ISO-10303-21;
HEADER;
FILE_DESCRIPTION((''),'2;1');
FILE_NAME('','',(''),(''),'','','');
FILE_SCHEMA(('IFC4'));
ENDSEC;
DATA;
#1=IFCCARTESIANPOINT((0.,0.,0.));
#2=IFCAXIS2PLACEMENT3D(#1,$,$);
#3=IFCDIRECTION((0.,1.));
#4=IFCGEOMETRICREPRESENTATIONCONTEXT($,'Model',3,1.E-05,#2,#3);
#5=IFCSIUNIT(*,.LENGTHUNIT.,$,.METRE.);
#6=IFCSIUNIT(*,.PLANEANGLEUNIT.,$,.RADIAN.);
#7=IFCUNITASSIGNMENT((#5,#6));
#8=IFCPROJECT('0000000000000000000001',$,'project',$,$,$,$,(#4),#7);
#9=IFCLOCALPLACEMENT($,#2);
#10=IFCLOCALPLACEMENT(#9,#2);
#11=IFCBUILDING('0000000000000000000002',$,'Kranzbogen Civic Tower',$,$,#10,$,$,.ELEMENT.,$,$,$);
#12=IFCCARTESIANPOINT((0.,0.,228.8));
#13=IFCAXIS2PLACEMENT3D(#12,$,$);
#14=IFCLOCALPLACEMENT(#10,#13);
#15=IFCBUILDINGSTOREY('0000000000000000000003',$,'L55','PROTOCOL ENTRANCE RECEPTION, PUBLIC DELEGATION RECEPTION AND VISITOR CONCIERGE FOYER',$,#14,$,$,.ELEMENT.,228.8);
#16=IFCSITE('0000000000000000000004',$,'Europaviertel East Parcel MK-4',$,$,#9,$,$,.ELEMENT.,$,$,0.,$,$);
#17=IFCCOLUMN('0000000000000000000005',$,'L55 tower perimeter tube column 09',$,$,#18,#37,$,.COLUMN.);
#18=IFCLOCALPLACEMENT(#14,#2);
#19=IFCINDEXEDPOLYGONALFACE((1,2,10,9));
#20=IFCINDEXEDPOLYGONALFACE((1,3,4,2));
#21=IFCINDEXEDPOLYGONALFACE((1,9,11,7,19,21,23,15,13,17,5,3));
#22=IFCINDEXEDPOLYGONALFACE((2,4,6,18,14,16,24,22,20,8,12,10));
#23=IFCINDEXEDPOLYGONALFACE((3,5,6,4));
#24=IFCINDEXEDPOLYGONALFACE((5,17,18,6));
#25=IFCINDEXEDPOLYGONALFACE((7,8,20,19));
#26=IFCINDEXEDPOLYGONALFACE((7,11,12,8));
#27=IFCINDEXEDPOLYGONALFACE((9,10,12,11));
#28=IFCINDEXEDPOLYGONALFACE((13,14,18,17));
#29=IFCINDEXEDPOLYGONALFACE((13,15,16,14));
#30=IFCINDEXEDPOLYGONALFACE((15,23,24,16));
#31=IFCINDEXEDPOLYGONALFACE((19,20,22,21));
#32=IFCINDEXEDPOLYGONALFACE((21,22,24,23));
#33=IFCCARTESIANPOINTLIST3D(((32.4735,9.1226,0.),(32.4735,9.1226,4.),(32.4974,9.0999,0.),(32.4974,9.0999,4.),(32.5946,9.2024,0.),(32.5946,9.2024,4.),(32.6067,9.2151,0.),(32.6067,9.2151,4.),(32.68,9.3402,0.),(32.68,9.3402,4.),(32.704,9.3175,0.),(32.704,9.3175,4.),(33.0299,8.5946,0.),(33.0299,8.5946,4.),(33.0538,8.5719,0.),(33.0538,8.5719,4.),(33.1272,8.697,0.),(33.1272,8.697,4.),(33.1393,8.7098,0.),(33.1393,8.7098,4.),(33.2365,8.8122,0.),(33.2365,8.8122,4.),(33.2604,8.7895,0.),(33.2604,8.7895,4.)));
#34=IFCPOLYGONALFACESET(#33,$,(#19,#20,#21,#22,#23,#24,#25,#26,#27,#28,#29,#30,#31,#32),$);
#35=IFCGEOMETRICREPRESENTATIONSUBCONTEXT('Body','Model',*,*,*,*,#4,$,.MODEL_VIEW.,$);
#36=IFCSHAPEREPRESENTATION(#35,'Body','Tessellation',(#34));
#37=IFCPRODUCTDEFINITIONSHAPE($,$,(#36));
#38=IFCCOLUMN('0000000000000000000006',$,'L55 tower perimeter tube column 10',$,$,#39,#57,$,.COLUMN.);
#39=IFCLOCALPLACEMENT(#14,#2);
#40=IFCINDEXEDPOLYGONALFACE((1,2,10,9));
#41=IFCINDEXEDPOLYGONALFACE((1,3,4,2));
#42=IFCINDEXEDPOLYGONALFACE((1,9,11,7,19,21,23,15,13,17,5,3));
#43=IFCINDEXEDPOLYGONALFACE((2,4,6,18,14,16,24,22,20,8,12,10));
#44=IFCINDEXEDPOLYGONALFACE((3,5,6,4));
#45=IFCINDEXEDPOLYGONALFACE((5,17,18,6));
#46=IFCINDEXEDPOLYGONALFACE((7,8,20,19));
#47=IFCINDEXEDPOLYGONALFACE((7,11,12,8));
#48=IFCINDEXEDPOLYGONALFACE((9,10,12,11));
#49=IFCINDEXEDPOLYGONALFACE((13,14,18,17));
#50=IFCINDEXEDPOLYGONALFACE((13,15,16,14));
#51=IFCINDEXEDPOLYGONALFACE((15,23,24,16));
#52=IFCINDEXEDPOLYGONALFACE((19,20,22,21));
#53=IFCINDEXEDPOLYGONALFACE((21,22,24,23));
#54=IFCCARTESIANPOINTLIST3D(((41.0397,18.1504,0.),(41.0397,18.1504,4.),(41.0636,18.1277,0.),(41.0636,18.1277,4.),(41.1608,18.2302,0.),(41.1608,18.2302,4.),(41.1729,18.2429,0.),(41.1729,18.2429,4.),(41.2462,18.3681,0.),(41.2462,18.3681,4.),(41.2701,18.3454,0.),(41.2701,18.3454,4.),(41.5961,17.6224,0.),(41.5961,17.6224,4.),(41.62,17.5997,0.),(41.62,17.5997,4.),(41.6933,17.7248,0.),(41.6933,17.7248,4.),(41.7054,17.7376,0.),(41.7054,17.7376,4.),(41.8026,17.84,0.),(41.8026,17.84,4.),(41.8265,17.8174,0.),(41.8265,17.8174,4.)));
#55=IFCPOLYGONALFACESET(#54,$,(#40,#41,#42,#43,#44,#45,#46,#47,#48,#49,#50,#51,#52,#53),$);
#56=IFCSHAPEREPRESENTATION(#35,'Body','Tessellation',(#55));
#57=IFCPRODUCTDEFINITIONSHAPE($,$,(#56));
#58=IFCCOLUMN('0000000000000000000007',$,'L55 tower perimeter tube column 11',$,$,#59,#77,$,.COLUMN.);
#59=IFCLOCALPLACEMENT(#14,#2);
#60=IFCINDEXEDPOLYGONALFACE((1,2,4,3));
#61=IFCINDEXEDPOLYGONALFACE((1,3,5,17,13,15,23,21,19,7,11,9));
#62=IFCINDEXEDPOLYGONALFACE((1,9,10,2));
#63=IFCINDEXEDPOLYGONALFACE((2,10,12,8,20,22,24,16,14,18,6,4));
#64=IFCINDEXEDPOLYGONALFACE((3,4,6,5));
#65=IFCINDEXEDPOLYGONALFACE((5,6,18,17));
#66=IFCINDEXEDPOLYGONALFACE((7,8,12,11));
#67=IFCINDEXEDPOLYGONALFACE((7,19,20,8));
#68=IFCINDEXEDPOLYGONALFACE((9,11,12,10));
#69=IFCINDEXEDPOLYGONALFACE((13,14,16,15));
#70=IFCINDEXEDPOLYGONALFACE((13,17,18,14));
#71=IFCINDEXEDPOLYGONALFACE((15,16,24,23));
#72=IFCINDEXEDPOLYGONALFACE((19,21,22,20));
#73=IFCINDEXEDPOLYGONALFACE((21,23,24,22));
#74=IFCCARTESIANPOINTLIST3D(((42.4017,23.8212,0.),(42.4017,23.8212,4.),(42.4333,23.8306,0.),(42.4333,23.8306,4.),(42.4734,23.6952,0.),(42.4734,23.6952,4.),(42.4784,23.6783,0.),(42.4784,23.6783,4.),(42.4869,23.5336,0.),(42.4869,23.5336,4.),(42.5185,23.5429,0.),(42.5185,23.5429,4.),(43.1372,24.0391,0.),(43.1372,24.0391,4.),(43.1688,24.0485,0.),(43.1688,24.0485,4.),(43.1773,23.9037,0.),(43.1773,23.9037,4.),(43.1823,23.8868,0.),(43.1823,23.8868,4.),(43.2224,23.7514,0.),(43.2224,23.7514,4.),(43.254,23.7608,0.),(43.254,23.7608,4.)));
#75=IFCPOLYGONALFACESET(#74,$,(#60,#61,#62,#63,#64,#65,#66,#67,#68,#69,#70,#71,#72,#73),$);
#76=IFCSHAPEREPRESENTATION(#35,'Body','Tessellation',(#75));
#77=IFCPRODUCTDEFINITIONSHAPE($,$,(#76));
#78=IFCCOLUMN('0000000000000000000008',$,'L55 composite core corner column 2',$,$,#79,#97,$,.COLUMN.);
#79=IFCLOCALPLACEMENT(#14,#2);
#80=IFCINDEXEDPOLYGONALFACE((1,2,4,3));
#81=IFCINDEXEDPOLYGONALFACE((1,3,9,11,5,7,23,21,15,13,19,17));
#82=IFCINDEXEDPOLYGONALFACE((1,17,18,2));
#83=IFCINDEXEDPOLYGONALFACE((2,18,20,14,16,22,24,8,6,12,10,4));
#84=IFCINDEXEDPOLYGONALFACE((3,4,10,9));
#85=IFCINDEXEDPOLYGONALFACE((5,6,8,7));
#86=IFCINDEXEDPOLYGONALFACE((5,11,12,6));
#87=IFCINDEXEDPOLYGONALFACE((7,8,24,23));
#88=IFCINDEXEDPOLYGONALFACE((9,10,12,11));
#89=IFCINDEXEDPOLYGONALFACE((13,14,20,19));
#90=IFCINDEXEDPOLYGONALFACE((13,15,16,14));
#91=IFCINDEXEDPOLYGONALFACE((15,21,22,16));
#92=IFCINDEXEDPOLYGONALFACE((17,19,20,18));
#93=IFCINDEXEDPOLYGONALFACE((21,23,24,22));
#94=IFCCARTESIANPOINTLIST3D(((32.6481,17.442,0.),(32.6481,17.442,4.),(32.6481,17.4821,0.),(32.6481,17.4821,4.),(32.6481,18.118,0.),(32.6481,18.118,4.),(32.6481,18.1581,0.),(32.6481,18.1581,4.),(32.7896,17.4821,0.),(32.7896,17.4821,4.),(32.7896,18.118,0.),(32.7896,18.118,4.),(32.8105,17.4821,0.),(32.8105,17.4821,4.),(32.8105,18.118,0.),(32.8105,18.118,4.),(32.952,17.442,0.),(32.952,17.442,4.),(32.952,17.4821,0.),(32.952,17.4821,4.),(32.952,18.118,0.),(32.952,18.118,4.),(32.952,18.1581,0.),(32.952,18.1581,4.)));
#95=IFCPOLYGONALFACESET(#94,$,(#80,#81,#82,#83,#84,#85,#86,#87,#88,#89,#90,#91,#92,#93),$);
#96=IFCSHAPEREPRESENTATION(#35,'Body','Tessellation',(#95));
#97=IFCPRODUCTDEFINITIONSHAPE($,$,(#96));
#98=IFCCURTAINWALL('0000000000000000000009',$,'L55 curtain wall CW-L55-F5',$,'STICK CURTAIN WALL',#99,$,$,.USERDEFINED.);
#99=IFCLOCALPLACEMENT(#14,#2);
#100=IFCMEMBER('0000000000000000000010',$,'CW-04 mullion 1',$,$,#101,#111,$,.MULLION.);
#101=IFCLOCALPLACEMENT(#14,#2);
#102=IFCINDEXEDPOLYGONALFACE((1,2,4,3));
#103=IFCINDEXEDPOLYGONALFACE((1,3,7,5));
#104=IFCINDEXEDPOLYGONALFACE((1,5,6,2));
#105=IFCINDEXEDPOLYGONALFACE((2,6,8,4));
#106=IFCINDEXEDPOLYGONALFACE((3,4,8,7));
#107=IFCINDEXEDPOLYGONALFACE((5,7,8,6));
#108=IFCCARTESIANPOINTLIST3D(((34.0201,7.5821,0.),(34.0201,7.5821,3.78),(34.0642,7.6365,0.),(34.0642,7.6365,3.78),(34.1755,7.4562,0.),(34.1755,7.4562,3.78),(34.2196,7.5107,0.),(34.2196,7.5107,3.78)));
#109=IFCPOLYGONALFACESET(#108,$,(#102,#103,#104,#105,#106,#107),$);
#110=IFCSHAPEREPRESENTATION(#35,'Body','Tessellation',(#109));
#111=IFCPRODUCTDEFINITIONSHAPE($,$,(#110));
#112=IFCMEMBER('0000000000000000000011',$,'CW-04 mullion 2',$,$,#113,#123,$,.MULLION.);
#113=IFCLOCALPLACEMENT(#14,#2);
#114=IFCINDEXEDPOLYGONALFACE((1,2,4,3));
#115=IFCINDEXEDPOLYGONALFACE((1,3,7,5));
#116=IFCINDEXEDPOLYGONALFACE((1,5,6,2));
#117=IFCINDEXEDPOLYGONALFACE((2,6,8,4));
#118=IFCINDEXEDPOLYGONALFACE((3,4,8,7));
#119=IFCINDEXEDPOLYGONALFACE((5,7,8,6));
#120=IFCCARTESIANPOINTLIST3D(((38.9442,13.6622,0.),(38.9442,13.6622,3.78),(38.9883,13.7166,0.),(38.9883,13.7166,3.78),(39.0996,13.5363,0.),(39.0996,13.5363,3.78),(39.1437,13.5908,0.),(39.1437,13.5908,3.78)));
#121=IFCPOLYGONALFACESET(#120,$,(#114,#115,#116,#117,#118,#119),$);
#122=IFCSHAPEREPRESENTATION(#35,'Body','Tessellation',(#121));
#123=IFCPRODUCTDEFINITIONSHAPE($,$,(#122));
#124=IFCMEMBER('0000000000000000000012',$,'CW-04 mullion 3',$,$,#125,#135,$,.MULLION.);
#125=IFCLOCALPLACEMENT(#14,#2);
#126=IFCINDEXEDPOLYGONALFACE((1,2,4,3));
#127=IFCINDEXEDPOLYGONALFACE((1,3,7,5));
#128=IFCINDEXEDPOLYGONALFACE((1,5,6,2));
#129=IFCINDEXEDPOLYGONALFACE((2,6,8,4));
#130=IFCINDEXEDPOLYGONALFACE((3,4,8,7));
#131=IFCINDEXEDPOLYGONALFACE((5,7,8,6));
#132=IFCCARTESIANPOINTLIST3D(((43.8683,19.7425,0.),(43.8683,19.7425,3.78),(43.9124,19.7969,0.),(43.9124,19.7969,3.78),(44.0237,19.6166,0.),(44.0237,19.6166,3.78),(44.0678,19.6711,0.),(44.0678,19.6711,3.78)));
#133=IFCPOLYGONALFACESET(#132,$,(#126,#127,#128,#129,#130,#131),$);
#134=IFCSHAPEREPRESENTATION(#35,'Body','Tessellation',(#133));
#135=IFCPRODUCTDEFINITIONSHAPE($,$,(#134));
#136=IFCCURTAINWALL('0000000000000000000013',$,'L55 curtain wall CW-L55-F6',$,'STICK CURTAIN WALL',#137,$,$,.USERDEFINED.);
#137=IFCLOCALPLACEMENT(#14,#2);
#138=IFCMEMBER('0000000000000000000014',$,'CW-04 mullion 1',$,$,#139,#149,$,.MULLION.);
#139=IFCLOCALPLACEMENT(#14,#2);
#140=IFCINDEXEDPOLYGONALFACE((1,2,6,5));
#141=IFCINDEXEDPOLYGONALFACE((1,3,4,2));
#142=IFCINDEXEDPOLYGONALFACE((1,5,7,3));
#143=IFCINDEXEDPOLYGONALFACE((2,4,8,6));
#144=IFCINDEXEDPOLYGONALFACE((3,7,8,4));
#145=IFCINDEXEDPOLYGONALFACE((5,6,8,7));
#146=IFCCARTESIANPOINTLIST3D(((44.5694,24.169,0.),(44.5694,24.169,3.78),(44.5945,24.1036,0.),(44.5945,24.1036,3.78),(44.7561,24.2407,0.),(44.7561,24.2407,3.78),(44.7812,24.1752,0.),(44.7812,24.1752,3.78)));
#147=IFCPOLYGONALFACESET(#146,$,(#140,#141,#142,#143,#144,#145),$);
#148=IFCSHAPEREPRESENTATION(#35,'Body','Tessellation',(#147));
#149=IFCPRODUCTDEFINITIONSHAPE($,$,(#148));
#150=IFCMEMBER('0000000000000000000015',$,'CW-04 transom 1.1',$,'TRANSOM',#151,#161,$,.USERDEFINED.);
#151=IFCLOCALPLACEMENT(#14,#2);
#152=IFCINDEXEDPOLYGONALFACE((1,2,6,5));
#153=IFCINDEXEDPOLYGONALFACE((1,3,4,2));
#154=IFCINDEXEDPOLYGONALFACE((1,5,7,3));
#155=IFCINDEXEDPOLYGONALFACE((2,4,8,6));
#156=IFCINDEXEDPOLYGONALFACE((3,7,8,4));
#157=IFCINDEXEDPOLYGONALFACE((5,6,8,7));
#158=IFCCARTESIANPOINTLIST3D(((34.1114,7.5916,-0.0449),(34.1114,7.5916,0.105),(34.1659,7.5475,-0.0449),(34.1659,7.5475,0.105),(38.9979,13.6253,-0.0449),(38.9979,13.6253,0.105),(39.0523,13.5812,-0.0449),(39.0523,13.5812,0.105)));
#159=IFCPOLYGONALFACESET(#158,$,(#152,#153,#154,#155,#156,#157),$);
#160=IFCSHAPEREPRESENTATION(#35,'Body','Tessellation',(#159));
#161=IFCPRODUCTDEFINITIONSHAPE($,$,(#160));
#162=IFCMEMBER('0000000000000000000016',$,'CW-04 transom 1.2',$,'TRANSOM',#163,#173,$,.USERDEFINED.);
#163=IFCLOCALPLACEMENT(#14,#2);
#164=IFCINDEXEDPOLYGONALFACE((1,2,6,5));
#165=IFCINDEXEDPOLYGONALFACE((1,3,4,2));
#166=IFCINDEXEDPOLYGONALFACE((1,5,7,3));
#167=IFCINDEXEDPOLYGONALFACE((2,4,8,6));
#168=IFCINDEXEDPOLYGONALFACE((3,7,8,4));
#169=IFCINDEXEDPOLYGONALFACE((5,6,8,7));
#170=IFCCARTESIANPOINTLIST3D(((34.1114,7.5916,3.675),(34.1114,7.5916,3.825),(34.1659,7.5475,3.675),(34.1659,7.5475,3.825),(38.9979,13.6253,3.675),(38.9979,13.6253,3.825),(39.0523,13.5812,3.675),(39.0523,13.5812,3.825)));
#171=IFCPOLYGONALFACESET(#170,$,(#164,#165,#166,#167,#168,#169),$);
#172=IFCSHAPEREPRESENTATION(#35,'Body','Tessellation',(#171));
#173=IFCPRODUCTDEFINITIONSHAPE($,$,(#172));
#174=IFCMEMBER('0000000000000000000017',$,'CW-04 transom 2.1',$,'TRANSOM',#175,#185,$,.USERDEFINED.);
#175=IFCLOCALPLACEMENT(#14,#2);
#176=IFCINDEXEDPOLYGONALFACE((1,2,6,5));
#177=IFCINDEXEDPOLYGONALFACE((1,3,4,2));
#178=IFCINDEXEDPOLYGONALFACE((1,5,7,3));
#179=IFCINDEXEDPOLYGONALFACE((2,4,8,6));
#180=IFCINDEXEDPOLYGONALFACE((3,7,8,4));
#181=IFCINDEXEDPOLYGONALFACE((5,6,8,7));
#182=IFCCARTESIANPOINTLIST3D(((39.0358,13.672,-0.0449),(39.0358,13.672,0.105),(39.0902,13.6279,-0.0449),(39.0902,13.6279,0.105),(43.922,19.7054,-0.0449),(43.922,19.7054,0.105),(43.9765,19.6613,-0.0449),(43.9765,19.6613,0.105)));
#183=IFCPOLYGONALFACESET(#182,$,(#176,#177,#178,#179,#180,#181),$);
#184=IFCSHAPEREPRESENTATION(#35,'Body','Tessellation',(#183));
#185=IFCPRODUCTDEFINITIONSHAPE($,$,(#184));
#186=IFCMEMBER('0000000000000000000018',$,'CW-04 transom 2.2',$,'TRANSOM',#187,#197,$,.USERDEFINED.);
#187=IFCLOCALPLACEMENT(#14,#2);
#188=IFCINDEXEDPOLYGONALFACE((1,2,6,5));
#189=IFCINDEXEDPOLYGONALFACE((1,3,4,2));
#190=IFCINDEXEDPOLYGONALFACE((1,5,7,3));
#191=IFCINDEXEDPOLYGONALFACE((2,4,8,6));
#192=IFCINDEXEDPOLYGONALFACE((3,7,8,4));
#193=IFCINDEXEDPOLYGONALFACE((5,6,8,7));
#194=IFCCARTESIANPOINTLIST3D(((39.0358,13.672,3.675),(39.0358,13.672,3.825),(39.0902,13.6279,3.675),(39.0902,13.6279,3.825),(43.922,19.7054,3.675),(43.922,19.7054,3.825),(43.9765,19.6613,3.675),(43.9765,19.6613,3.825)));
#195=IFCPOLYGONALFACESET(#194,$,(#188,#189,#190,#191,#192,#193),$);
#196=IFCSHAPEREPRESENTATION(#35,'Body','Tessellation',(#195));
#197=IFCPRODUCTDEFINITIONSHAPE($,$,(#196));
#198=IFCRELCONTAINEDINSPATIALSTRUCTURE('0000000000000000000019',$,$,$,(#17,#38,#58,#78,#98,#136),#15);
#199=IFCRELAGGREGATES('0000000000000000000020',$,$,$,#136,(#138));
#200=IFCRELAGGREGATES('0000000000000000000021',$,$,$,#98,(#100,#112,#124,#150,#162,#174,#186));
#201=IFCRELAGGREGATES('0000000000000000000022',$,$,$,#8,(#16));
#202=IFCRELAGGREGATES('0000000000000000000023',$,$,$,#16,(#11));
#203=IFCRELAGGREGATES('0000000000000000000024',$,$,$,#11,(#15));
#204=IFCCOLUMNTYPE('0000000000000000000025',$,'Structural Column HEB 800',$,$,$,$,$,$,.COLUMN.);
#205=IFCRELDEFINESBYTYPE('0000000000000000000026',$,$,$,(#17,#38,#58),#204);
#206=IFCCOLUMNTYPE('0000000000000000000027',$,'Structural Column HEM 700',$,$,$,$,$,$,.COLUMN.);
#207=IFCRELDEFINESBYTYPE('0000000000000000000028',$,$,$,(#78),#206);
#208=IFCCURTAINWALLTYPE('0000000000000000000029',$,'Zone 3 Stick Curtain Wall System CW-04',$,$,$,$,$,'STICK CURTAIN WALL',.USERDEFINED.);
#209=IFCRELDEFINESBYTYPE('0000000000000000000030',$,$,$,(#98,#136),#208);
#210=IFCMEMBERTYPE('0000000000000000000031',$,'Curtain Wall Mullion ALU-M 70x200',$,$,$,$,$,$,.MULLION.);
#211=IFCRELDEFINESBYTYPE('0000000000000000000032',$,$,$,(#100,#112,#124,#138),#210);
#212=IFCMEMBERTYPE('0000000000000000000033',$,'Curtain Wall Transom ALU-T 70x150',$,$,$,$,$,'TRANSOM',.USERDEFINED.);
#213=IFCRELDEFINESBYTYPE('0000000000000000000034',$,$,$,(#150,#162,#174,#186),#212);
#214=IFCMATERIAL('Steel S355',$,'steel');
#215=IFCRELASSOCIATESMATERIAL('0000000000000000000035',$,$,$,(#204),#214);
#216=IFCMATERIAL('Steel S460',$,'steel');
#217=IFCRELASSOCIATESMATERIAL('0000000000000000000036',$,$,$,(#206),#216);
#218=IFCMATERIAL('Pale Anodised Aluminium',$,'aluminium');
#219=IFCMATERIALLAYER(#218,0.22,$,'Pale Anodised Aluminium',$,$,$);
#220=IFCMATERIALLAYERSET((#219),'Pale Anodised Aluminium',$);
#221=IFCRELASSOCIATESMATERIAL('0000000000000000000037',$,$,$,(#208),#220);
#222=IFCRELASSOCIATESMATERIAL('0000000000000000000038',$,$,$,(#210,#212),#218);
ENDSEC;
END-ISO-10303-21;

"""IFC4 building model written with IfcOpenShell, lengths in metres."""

from ifc_helpers import new_model, si_unit, direction, frame, origin, origin_2d, place, context, subcontext, project, spatial, rectangle, i_section, extrude, material, layer, layer_set, material_profile, profile_set, type_object, element, aggregate, save


model = new_model("IFC4")

# Units and contexts
model_context = context("Model", 3, precision=1e-05, world=origin(), true_north=direction((0.0, 1.0)))
body_context = subcontext(model_context, "Body", "Model", "MODEL_VIEW")
ifc_project = project(units=[si_unit("LENGTHUNIT", "METRE"), si_unit("PLANEANGLEUNIT", "RADIAN")], contexts=[model_context])

# Site, building, storey
site_placement = place(None, origin())
site = spatial("IfcSite", under=ifc_project, at=site_placement, Name="Europaviertel East Parcel MK-4", CompositionType="ELEMENT", RefElevation=0.0)
building_placement = place(site_placement, origin())
building = spatial("IfcBuilding", under=site, at=building_placement, Name="Kranzbogen Civic Tower", CompositionType="ELEMENT")
storey_placement = place(building_placement, frame((0.0, 0.0, 228.8)))
storey = spatial("IfcBuildingStorey", under=building, at=storey_placement, Name="L55", Description="PROTOCOL ENTRANCE RECEPTION, PUBLIC DELEGATION RECEPTION AND VISITOR CONCIERGE FOYER", CompositionType="ELEMENT", Elevation=228.8)

# Columns
ifc_material_1 = material(Name="Steel S355", Category="steel")
ifc_material_profile_1 = material_profile(ifc_material_1, i_section(OverallWidth=0.3, OverallDepth=0.8, WebThickness=0.0176, FlangeThickness=0.033, at=origin_2d()), Name="HEB 800")
ifc_profile_set_1 = profile_set([ifc_material_profile_1], Name="Steel S355")
column_type_1 = type_object("IfcColumnType", Name="Structural Column HEB 800", PredefinedType="COLUMN", material=ifc_profile_set_1)
for number, where, z_axis, x_axis, name in (
    (1, (32.8669, 8.9561, 0.0), (0.0, 0.0, 1.0), (0.688355, 0.725374, 0.0), "L55 tower perimeter tube column 09"),
    (2, (41.4331, 17.9839, 0.0), (0.0, 0.0, 1.0), (0.688355, 0.725374, 0.0), "L55 tower perimeter tube column 10"),
    (3, (42.8279, 23.791, 0.0), (0.0, 0.0, 1.0), (-0.284015, 0.95882, 0.0), "L55 tower perimeter tube column 11"),
):
    element("IfcColumn", number, at=place(storey_placement, frame(where, z_axis=z_axis, x_axis=x_axis)), inside=storey, type_object=column_type_1, Name=name, PredefinedType="COLUMN", context=body_context, shape_type="SweptSolid", body=[
        extrude(i_section(OverallWidth=0.3, OverallDepth=0.8, WebThickness=0.0176, FlangeThickness=0.033, at=origin_2d()), origin(), (0.0, 0.0, 1.0), 4.0),
    ])
ifc_material_2 = material(Name="Steel S460", Category="steel")
ifc_material_profile_2 = material_profile(ifc_material_2, i_section(OverallWidth=0.304, OverallDepth=0.7161, WebThickness=0.021, FlangeThickness=0.04, at=origin_2d()), Name="HEM 700")
ifc_profile_set_2 = profile_set([ifc_material_profile_2], Name="Steel S460")
column_type_2 = type_object("IfcColumnType", Name="Structural Column HEM 700", PredefinedType="COLUMN", material=ifc_profile_set_2)
column_placement = place(storey_placement, frame((32.8, 17.8, 0.0), z_axis=(0.0, 0.0, 1.0), x_axis=(1.0, 0.0, 0.0)))
element("IfcColumn", 4, at=column_placement, inside=storey, type_object=column_type_2, Name="L55 composite core corner column 2", PredefinedType="COLUMN", context=body_context, shape_type="SweptSolid", body=[
    extrude(i_section(OverallWidth=0.304, OverallDepth=0.7161, WebThickness=0.021, FlangeThickness=0.04, at=origin_2d()), origin(), (0.0, 0.0, 1.0), 4.0),
])

# Curtain wall, members
ifc_material_3 = material(Name="Pale Anodised Aluminium", Category="aluminium")
ifc_layer_1 = layer(ifc_material_3, 0.22, Name="Pale Anodised Aluminium")
ifc_layer_set_1 = layer_set([ifc_layer_1], Name="Pale Anodised Aluminium")
curtain_wall_type = type_object("IfcCurtainWallType", Name="Zone 3 Stick Curtain Wall System CW-04", ElementType="STICK CURTAIN WALL", PredefinedType="USERDEFINED", material=ifc_layer_set_1)
curtain_wall_1_placement = place(storey_placement, origin())
curtain_wall_1 = element("IfcCurtainWall", 5, at=curtain_wall_1_placement, inside=storey, type_object=curtain_wall_type, Name="L55 curtain wall CW-L55-F5", ObjectType="STICK CURTAIN WALL", PredefinedType="USERDEFINED")
ifc_material_profile_3 = material_profile(ifc_material_3, rectangle(XDim=0.0701, YDim=0.2, at=origin_2d()), Name="ALU-M 70x200")
ifc_profile_set_3 = profile_set([ifc_material_profile_3], Name="Pale Anodised Aluminium")
member_type_1 = type_object("IfcMemberType", Name="Curtain Wall Mullion ALU-M 70x200", PredefinedType="MULLION", material=ifc_profile_set_3)
member_1_placement = place(storey_placement, frame((34.1199, 7.5464, 0.0), z_axis=(0.0, 0.0, 1.0), x_axis=(0.629358, 0.777116, 0.0)))
member_1 = element("IfcMember", 6, at=member_1_placement, type_object=member_type_1, Name="CW-04 mullion 1", PredefinedType="MULLION", context=body_context, shape_type="SweptSolid", body=[
    extrude(rectangle(XDim=0.0701, YDim=0.2, at=origin_2d()), origin(), (0.0, 0.0, 1.0), 3.78),
])
member_2_placement = place(storey_placement, frame((39.0439, 13.6265, 0.0), z_axis=(0.0, 0.0, 1.0), x_axis=(0.629358, 0.777116, 0.0)))
member_2 = element("IfcMember", 7, at=member_2_placement, type_object=member_type_1, Name="CW-04 mullion 2", PredefinedType="MULLION", context=body_context, shape_type="SweptSolid", body=[
    extrude(rectangle(XDim=0.0701, YDim=0.2, at=origin_2d()), origin(), (0.0, 0.0, 1.0), 3.78),
])
member_3_placement = place(storey_placement, frame((43.968, 19.7068, 0.0), z_axis=(0.0, 0.0, 1.0), x_axis=(0.629358, 0.777116, 0.0)))
member_3 = element("IfcMember", 8, at=member_3_placement, type_object=member_type_1, Name="CW-04 mullion 3", PredefinedType="MULLION", context=body_context, shape_type="SweptSolid", body=[
    extrude(rectangle(XDim=0.0701, YDim=0.2, at=origin_2d()), origin(), (0.0, 0.0, 1.0), 3.78),
])

# Curtain wall, member
curtain_wall_2_placement = place(storey_placement, origin())
curtain_wall_2 = element("IfcCurtainWall", 9, at=curtain_wall_2_placement, inside=storey, type_object=curtain_wall_type, Name="L55 curtain wall CW-L55-F6", ObjectType="STICK CURTAIN WALL", PredefinedType="USERDEFINED")
member_4_placement = place(storey_placement, frame((44.6753, 24.1721, 0.0), z_axis=(0.0, 0.0, 1.0), x_axis=(-0.358348, 0.933588, 0.0)))
member_4 = element("IfcMember", 10, at=member_4_placement, type_object=member_type_1, Name="CW-04 mullion 1", PredefinedType="MULLION", context=body_context, shape_type="SweptSolid", body=[
    extrude(rectangle(XDim=0.0701, YDim=0.2, at=origin_2d()), origin(), (0.0, 0.0, 1.0), 3.78),
])

# Members
ifc_material_profile_4 = material_profile(ifc_material_3, rectangle(XDim=0.0701, YDim=0.1499, at=origin_2d()), Name="ALU-T 70x150")
ifc_profile_set_4 = profile_set([ifc_material_profile_4], Name="Pale Anodised Aluminium")
member_type_2 = type_object("IfcMemberType", Name="Curtain Wall Transom ALU-T 70x150", ElementType="TRANSOM", PredefinedType="USERDEFINED", material=ifc_profile_set_4)
member_5_placement = place(storey_placement, frame((34.1387, 7.5696, 0.03), z_axis=(0.629358, 0.777115, 0.0), x_axis=(-0.777115, 0.629358, 0.0)))
member_5 = element("IfcMember", 11, at=member_5_placement, type_object=member_type_2, Name="CW-04 transom 1.1", ObjectType="TRANSOM", PredefinedType="USERDEFINED", context=body_context, shape_type="SweptSolid", body=[
    extrude(rectangle(XDim=0.0701, YDim=0.1499, at=origin_2d()), origin(), (0.0, 0.0, 1.0), 7.7642),
])
member_6_placement = place(storey_placement, frame((34.1387, 7.5696, 3.75), z_axis=(0.629358, 0.777115, 0.0), x_axis=(-0.777115, 0.629358, 0.0)))
member_6 = element("IfcMember", 12, at=member_6_placement, type_object=member_type_2, Name="CW-04 transom 1.2", ObjectType="TRANSOM", PredefinedType="USERDEFINED", context=body_context, shape_type="SweptSolid", body=[
    extrude(rectangle(XDim=0.0701, YDim=0.1499, at=origin_2d()), origin(), (0.0, 0.0, 1.0), 7.7642),
])
member_7_placement = place(storey_placement, frame((39.063, 13.6499, 0.03), z_axis=(0.629355, 0.777118, 0.0), x_axis=(-0.777118, 0.629355, 0.0)))
member_7 = element("IfcMember", 13, at=member_7_placement, type_object=member_type_2, Name="CW-04 transom 2.1", ObjectType="TRANSOM", PredefinedType="USERDEFINED", context=body_context, shape_type="SweptSolid", body=[
    extrude(rectangle(XDim=0.0701, YDim=0.1499, at=origin_2d()), origin(), (0.0, 0.0, 1.0), 7.7639),
])
member_8_placement = place(storey_placement, frame((39.063, 13.6499, 3.75), z_axis=(0.629355, 0.777118, 0.0), x_axis=(-0.777118, 0.629355, 0.0)))
member_8 = element("IfcMember", 14, at=member_8_placement, type_object=member_type_2, Name="CW-04 transom 2.2", ObjectType="TRANSOM", PredefinedType="USERDEFINED", context=body_context, shape_type="SweptSolid", body=[
    extrude(rectangle(XDim=0.0701, YDim=0.1499, at=origin_2d()), origin(), (0.0, 0.0, 1.0), 7.7639),
])
aggregate(curtain_wall_2, [member_4])

aggregate(curtain_wall_1, [member_1, member_2, member_3, member_5, member_6, member_7, member_8])

save(model, "model.ifc")
